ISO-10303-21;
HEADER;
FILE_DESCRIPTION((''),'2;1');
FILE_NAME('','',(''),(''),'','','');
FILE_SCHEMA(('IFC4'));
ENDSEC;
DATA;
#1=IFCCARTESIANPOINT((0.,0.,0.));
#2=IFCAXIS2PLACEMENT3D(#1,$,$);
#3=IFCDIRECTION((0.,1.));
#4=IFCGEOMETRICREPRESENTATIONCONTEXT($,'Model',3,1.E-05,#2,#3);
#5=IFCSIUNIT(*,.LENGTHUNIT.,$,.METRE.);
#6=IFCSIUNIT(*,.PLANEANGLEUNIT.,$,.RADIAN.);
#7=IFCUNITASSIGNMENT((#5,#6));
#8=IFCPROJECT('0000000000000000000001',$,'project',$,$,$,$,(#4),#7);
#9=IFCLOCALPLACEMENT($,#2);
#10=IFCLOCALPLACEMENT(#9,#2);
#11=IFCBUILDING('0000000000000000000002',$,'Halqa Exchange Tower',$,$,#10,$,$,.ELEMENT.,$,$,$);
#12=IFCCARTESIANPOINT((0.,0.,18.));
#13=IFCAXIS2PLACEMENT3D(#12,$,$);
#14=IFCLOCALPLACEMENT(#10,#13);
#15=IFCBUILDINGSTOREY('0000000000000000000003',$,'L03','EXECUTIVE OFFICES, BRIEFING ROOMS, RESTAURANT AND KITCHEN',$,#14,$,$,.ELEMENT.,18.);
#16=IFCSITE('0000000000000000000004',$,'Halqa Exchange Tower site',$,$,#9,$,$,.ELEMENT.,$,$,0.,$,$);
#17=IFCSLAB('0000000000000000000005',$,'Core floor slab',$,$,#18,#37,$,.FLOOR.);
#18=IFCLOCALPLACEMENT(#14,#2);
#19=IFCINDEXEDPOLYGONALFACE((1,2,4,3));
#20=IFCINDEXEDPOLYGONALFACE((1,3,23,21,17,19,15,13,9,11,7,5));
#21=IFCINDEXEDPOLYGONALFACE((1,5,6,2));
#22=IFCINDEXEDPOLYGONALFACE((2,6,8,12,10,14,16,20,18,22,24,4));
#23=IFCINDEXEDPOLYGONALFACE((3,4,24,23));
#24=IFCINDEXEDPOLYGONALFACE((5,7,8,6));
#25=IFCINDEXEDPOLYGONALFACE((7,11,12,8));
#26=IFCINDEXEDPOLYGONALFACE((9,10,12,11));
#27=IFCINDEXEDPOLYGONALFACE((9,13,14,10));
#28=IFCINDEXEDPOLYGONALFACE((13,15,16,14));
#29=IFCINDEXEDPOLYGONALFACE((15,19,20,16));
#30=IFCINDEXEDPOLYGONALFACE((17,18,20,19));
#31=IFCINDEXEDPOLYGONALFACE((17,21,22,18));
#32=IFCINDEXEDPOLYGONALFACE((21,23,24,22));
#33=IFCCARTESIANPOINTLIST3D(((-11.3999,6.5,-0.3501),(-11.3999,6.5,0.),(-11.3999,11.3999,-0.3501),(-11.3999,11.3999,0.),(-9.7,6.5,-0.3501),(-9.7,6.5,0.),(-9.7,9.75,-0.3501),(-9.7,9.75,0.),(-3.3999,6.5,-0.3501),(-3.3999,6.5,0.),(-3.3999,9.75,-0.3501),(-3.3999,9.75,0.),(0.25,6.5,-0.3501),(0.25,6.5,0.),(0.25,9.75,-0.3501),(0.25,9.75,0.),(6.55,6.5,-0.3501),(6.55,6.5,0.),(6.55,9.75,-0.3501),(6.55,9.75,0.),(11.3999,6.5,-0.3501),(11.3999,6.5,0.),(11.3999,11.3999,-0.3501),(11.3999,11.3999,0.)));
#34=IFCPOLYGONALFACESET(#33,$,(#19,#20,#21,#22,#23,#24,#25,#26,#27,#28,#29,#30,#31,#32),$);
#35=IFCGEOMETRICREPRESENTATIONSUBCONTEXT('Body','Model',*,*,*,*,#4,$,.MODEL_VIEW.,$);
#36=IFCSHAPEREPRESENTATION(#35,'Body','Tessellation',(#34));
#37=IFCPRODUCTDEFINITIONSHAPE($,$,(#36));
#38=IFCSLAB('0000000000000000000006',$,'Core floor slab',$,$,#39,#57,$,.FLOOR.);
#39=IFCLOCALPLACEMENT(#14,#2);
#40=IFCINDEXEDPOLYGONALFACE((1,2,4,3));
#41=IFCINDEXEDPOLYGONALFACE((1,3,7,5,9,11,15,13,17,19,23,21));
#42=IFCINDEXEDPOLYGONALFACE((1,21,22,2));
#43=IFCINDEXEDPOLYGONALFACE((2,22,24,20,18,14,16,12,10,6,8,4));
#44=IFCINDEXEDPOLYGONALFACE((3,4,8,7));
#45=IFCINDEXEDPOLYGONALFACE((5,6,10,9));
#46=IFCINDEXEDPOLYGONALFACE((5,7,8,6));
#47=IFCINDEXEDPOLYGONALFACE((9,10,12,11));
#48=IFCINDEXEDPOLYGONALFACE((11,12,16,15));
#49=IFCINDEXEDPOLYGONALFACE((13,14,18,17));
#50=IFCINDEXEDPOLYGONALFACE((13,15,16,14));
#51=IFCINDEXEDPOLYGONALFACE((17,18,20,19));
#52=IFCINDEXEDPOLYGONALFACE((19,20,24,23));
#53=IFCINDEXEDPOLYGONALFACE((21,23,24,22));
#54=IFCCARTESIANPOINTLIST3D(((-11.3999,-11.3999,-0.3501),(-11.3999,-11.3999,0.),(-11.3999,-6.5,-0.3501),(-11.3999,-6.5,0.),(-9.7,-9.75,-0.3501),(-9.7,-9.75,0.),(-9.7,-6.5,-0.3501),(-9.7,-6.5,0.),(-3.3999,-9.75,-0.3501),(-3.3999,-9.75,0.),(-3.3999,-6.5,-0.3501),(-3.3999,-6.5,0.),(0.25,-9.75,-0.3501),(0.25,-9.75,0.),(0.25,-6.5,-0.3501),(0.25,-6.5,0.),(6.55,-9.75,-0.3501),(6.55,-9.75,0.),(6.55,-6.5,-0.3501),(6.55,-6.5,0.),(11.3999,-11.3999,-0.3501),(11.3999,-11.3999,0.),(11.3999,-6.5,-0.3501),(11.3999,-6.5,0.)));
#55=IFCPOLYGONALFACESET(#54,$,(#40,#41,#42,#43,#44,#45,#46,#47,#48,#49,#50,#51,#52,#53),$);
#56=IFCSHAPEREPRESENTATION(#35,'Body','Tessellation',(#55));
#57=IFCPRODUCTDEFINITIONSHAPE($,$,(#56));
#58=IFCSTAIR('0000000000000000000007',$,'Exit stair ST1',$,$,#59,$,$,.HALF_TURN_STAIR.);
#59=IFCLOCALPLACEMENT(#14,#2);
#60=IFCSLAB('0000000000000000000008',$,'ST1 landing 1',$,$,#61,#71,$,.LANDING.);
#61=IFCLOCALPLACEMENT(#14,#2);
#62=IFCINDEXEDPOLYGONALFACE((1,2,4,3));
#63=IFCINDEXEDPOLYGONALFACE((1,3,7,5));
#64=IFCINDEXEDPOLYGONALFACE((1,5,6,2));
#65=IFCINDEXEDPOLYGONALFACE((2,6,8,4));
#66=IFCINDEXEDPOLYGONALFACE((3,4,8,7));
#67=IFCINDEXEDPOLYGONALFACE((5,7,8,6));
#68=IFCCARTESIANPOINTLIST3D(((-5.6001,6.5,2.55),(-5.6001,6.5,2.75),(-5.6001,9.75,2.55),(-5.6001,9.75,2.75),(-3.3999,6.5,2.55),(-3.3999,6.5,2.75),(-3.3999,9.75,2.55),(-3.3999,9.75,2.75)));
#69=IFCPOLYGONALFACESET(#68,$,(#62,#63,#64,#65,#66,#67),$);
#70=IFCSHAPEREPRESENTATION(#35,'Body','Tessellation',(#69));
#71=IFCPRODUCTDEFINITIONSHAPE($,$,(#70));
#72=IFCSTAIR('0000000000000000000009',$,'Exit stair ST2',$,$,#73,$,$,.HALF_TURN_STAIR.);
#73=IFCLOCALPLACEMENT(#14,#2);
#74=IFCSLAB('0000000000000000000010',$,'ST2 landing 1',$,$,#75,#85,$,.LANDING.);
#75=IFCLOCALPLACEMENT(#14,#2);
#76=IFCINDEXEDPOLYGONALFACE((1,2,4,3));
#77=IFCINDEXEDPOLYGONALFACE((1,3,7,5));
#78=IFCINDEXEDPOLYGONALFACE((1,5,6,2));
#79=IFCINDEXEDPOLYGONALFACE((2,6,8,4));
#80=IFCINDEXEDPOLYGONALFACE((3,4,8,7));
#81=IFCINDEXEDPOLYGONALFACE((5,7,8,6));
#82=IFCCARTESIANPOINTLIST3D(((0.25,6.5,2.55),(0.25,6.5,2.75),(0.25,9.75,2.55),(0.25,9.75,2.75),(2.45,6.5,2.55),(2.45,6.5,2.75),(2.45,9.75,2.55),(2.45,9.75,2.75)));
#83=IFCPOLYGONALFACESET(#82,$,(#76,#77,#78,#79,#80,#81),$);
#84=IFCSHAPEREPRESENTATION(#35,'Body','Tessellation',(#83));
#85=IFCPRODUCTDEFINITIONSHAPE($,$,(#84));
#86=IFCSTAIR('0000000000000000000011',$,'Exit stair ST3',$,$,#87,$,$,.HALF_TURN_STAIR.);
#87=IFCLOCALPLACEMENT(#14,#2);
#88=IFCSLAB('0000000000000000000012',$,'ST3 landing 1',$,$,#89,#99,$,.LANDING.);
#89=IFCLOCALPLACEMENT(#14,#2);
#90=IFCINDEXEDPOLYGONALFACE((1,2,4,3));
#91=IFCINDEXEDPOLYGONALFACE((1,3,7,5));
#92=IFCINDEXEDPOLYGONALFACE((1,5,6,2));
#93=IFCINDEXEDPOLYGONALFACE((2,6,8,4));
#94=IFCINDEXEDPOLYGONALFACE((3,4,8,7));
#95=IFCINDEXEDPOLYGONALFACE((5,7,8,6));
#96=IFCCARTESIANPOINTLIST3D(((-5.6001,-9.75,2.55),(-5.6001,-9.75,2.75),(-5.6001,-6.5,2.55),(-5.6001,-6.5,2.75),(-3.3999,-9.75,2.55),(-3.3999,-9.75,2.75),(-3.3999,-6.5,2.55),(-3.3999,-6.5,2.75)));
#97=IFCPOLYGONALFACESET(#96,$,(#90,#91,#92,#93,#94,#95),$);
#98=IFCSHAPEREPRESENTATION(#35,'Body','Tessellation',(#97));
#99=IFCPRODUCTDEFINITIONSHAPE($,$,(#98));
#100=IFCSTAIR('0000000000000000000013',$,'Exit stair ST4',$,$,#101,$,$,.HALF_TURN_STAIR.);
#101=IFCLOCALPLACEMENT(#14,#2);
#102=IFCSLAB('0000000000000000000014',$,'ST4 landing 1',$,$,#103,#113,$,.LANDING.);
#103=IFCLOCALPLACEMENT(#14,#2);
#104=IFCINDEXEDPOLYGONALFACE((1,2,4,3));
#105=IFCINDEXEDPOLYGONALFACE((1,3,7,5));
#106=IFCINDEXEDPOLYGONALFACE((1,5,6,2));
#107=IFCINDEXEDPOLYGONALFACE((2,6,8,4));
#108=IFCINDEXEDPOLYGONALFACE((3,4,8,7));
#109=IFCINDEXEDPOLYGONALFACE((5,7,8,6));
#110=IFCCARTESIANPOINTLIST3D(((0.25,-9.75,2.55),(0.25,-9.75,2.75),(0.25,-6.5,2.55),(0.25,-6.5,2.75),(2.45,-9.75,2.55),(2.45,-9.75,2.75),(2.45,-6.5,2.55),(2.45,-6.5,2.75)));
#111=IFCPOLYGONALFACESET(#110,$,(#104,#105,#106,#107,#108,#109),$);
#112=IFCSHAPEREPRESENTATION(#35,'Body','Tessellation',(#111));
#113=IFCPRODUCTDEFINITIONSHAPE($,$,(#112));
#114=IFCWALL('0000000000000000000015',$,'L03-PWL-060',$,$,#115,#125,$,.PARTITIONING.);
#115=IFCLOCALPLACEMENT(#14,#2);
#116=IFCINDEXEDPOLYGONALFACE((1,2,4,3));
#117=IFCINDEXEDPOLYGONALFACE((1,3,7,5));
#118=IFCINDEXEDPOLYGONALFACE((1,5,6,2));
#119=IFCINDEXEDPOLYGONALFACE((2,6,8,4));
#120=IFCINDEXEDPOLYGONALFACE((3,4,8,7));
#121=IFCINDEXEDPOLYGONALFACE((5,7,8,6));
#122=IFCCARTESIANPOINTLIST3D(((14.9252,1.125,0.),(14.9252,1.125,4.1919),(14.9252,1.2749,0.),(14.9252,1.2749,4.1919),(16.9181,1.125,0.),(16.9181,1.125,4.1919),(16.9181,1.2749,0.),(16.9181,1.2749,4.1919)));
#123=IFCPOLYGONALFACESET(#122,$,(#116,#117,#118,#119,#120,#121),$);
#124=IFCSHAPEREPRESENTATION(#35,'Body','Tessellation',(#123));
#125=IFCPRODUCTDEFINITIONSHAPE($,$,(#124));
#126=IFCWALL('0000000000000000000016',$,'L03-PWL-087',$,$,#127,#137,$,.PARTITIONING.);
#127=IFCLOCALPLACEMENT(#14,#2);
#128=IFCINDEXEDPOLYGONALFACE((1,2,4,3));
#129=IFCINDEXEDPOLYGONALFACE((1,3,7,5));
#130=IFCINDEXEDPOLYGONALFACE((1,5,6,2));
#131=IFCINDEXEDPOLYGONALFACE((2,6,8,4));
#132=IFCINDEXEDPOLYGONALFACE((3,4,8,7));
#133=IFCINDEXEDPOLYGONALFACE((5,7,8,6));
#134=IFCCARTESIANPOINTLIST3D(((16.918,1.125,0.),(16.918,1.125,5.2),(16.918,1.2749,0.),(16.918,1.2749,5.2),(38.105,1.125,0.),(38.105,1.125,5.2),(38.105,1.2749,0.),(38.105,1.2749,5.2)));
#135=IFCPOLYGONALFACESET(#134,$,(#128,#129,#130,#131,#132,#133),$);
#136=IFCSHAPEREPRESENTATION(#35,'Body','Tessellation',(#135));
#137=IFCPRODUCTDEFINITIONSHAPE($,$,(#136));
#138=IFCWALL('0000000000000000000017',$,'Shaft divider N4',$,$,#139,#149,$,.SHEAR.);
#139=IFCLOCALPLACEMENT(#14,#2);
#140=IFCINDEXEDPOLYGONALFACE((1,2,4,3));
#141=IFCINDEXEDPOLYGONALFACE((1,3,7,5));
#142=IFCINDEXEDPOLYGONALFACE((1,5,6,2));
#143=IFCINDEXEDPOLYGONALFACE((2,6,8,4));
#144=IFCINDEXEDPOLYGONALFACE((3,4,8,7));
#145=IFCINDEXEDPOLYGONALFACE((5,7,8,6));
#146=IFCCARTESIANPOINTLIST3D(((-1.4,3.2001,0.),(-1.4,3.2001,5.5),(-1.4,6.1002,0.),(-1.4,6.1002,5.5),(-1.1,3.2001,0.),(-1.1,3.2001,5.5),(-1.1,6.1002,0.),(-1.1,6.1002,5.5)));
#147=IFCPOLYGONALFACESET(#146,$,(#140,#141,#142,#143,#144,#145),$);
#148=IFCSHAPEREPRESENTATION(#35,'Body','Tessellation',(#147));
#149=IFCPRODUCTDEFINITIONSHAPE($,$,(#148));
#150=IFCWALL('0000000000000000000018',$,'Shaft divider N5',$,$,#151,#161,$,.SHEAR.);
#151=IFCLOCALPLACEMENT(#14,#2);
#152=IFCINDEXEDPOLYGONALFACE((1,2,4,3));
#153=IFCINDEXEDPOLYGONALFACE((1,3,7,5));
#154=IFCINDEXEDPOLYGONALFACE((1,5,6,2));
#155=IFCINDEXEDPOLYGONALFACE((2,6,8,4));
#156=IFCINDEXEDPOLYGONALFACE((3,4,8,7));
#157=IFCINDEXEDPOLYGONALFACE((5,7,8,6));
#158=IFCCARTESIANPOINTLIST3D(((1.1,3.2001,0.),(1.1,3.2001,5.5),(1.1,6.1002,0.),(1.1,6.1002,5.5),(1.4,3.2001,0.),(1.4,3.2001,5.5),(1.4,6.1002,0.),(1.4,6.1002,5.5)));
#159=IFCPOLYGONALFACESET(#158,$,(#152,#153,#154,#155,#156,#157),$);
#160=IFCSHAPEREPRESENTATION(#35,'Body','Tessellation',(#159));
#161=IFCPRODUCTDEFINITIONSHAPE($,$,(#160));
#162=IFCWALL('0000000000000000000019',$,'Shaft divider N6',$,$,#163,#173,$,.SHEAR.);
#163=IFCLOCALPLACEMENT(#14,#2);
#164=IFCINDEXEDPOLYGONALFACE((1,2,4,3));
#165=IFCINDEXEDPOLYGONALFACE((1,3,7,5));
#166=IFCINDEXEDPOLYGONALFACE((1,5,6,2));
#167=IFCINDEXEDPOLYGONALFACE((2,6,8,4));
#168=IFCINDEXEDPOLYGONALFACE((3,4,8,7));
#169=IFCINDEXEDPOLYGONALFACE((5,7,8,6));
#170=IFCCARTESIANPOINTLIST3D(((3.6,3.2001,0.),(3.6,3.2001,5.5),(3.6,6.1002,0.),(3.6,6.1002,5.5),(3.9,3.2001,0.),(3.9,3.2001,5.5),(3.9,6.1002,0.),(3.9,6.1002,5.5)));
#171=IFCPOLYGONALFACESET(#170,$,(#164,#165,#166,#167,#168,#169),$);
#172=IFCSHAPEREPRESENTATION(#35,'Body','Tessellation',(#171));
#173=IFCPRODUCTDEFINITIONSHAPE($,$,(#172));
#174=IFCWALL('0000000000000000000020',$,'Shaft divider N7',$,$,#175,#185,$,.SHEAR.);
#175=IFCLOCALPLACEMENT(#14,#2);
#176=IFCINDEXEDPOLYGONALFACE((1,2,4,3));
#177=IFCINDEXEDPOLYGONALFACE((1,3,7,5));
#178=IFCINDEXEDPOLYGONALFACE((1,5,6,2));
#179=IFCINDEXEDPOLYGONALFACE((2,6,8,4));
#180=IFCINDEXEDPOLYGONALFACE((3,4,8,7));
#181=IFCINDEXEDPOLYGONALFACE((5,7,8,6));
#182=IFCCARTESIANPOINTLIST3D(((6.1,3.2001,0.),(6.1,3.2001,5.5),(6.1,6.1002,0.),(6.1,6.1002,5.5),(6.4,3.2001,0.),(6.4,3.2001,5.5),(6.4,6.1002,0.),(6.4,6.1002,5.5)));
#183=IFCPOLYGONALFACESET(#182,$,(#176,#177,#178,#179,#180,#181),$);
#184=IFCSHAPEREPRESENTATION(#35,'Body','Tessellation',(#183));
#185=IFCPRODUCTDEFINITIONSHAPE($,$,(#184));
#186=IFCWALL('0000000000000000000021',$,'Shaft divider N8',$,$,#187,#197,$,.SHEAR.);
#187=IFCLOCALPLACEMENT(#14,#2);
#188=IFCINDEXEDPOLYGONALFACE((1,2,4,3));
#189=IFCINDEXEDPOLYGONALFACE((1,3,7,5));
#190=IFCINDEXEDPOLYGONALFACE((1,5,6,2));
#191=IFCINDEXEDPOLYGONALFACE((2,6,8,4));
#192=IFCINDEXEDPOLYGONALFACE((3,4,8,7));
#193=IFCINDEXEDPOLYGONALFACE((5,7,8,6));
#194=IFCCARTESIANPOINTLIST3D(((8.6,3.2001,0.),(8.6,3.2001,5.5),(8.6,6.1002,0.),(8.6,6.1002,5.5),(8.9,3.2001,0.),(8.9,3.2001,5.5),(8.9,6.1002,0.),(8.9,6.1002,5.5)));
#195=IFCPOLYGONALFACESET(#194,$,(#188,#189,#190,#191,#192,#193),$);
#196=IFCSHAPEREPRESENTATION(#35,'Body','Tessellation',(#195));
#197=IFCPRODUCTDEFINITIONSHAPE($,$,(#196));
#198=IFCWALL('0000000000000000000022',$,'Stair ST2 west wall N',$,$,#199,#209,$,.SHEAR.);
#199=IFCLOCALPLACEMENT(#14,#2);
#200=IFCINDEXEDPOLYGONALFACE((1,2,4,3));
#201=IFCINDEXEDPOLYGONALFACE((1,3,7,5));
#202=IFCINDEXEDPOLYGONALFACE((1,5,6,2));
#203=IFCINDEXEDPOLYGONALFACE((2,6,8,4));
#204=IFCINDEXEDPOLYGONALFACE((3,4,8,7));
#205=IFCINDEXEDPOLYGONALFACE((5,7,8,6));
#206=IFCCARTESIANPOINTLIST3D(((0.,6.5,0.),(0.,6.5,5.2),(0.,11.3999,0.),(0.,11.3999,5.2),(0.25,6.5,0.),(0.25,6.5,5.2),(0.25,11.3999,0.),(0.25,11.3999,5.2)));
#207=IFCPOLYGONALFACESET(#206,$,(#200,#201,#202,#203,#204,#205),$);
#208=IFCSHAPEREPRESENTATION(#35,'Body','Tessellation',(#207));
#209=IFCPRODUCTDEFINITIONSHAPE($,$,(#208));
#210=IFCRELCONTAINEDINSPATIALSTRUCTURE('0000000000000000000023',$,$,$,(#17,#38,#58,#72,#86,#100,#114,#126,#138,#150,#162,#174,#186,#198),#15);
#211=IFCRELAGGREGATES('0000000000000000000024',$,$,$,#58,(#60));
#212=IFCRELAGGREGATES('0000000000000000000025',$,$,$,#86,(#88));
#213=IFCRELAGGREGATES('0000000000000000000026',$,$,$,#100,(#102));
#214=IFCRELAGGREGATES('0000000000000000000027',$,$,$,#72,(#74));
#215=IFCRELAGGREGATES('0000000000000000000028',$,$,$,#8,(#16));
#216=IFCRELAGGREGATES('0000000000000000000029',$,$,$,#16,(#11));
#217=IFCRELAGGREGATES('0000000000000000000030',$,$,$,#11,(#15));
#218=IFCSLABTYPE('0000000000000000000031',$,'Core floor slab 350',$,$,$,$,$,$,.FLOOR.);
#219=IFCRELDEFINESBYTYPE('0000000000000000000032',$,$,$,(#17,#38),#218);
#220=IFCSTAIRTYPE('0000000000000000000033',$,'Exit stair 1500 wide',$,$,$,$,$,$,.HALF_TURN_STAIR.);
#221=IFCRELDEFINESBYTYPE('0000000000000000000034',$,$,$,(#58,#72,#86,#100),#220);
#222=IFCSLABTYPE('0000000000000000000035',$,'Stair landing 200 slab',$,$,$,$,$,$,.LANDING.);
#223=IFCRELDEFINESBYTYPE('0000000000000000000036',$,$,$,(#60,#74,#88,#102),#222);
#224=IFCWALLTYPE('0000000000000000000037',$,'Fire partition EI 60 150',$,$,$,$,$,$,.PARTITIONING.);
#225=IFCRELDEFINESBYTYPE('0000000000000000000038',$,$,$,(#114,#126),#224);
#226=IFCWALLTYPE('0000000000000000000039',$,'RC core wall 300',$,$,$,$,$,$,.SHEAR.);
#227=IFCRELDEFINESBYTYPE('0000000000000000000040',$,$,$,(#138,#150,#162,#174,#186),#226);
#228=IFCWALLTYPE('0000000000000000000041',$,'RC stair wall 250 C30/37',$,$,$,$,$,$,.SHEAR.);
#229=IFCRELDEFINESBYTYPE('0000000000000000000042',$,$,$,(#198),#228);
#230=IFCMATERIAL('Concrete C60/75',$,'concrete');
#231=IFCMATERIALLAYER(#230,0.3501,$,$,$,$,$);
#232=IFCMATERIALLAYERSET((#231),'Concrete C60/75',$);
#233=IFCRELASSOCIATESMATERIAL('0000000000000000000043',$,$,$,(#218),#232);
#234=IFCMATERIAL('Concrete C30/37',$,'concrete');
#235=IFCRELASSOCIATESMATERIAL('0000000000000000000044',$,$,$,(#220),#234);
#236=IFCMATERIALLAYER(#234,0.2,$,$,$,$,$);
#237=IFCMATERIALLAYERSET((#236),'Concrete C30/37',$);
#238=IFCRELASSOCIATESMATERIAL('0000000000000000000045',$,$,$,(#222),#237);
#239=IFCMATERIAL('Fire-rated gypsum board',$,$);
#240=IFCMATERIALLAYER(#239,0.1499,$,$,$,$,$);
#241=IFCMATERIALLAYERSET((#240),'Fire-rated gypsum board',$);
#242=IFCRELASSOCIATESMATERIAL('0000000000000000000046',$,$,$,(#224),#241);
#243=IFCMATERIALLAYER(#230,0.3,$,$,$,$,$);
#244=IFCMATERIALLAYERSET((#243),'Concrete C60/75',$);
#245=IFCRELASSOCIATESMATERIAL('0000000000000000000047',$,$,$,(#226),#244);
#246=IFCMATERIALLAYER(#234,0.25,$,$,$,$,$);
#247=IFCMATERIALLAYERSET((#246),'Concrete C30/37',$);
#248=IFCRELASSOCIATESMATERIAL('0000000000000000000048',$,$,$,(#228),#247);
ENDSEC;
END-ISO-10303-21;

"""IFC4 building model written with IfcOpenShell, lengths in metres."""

from ifc_helpers import new_model, si_unit, direction, frame, frame_2d, origin, place, context, subcontext, project, spatial, polyline, rectangle, outline, extrude, material, layer, layer_set, type_object, element, aggregate, save


model = new_model("IFC4")

# Units and contexts
model_context = context("Model", 3, precision=1e-05, world=origin(), true_north=direction((0.0, 1.0)))
body_context = subcontext(model_context, "Body", "Model", "MODEL_VIEW")
ifc_project = project(units=[si_unit("LENGTHUNIT", "METRE"), si_unit("PLANEANGLEUNIT", "RADIAN")], contexts=[model_context])

# Site, building, storey
site_placement = place(None, origin())
site = spatial("IfcSite", under=ifc_project, at=site_placement, Name="Halqa Exchange Tower site", CompositionType="ELEMENT", RefElevation=0.0)
building_placement = place(site_placement, origin())
building = spatial("IfcBuilding", under=site, at=building_placement, Name="Halqa Exchange Tower", CompositionType="ELEMENT")
storey_placement = place(building_placement, frame((0.0, 0.0, 18.0)))
storey = spatial("IfcBuildingStorey", under=building, at=storey_placement, Name="L03", Description="EXECUTIVE OFFICES, BRIEFING ROOMS, RESTAURANT AND KITCHEN", CompositionType="ELEMENT", Elevation=18.0)

# Slabs
ifc_material_1 = material(Name="Concrete C60/75", Category="concrete")
ifc_layer_1 = layer(ifc_material_1, 0.3501)
ifc_layer_set_1 = layer_set([ifc_layer_1], Name="Concrete C60/75")
slab_type_1 = type_object("IfcSlabType", Name="Core floor slab 350", PredefinedType="FLOOR", material=ifc_layer_set_1)
slab_1_placement = place(storey_placement, frame((0.0, 0.0, -0.3501)))
element("IfcSlab", 1, at=slab_1_placement, inside=storey, type_object=slab_type_1, Name="Core floor slab", PredefinedType="FLOOR", context=body_context, shape_type="SweptSolid", body=[
    extrude(outline(polyline([(-11.3999, 11.3999), (11.3999, 11.3999), (11.3999, 6.5), (6.55, 6.5), (6.55, 9.75), (0.25, 9.75), (0.25, 6.5), (-3.3999, 6.5), (-3.3999, 9.75), (-9.7, 9.75), (-9.7, 6.5), (-11.3999, 6.5), (-11.3999, 11.3999)])), origin(), (0.0, 0.0, 1.0), 0.3501),
])
slab_2_placement = place(storey_placement, frame((0.0, 0.0, -0.3501)))
element("IfcSlab", 2, at=slab_2_placement, inside=storey, type_object=slab_type_1, Name="Core floor slab", PredefinedType="FLOOR", context=body_context, shape_type="SweptSolid", body=[
    extrude(outline(polyline([(-9.7, -9.75), (-3.3999, -9.75), (-3.3999, -6.5), (0.25, -6.5), (0.25, -9.75), (6.55, -9.75), (6.55, -6.5), (11.3999, -6.5), (11.3999, -11.3999), (-11.3999, -11.3999), (-11.3999, -6.5), (-9.7, -6.5), (-9.7, -9.75)])), origin(), (0.0, 0.0, 1.0), 0.3501),
])

# Stairs, slabs
ifc_material_2 = material(Name="Concrete C30/37", Category="concrete")
stair_type = type_object("IfcStairType", Name="Exit stair 1500 wide", PredefinedType="HALF_TURN_STAIR", material=ifc_material_2)
stair_1_placement = place(storey_placement, origin())
stair_1 = element("IfcStair", 3, at=stair_1_placement, inside=storey, type_object=stair_type, Name="Exit stair ST1", PredefinedType="HALF_TURN_STAIR")
ifc_layer_2 = layer(ifc_material_2, 0.2)
ifc_layer_set_2 = layer_set([ifc_layer_2], Name="Concrete C30/37")
slab_type_2 = type_object("IfcSlabType", Name="Stair landing 200 slab", PredefinedType="LANDING", material=ifc_layer_set_2)
slab_3_placement = place(storey_placement, frame((0.0, 0.0, 2.55)))
slab_3 = element("IfcSlab", 4, at=slab_3_placement, type_object=slab_type_2, Name="ST1 landing 1", PredefinedType="LANDING", context=body_context, shape_type="SweptSolid", body=[
    extrude(outline(polyline([(-5.6001, 6.5), (-3.3999, 6.5), (-3.3999, 9.75), (-5.6001, 9.75), (-5.6001, 6.5)])), origin(), (0.0, 0.0, 1.0), 0.2),
])
aggregate(stair_1, [slab_3])
stair_2_placement = place(storey_placement, origin())
stair_2 = element("IfcStair", 5, at=stair_2_placement, inside=storey, type_object=stair_type, Name="Exit stair ST2", PredefinedType="HALF_TURN_STAIR")
slab_4_placement = place(storey_placement, frame((0.0, 0.0, 2.55)))
slab_4 = element("IfcSlab", 6, at=slab_4_placement, type_object=slab_type_2, Name="ST2 landing 1", PredefinedType="LANDING", context=body_context, shape_type="SweptSolid", body=[
    extrude(outline(polyline([(0.25, 6.5), (2.45, 6.5), (2.45, 9.75), (0.25, 9.75), (0.25, 6.5)])), origin(), (0.0, 0.0, 1.0), 0.2),
])
stair_3_placement = place(storey_placement, origin())
stair_3 = element("IfcStair", 7, at=stair_3_placement, inside=storey, type_object=stair_type, Name="Exit stair ST3", PredefinedType="HALF_TURN_STAIR")
slab_5_placement = place(storey_placement, frame((0.0, 0.0, 2.55)))
slab_5 = element("IfcSlab", 8, at=slab_5_placement, type_object=slab_type_2, Name="ST3 landing 1", PredefinedType="LANDING", context=body_context, shape_type="SweptSolid", body=[
    extrude(outline(polyline([(-5.6001, -9.75), (-3.3999, -9.75), (-3.3999, -6.5), (-5.6001, -6.5), (-5.6001, -9.75)])), origin(), (0.0, 0.0, 1.0), 0.2),
])
aggregate(stair_3, [slab_5])
stair_4_placement = place(storey_placement, origin())
stair_4 = element("IfcStair", 9, at=stair_4_placement, inside=storey, type_object=stair_type, Name="Exit stair ST4", PredefinedType="HALF_TURN_STAIR")
slab_6_placement = place(storey_placement, frame((0.0, 0.0, 2.55)))
slab_6 = element("IfcSlab", 10, at=slab_6_placement, type_object=slab_type_2, Name="ST4 landing 1", PredefinedType="LANDING", context=body_context, shape_type="SweptSolid", body=[
    extrude(outline(polyline([(0.25, -9.75), (2.45, -9.75), (2.45, -6.5), (0.25, -6.5), (0.25, -9.75)])), origin(), (0.0, 0.0, 1.0), 0.2),
])
aggregate(stair_4, [slab_6])

# Walls
ifc_material_3 = material(Name="Fire-rated gypsum board")
ifc_layer_3 = layer(ifc_material_3, 0.1499)
ifc_layer_set_3 = layer_set([ifc_layer_3], Name="Fire-rated gypsum board")
wall_type_1 = type_object("IfcWallType", Name="Fire partition EI 60 150", PredefinedType="PARTITIONING", material=ifc_layer_set_3)
wall_1_placement = place(storey_placement, frame((14.925, 1.2, 0.0), z_axis=(0.0, 0.0, 1.0), x_axis=(1.0, 0.0, 0.0)))
element("IfcWall", 11, at=wall_1_placement, inside=storey, type_object=wall_type_1, Name="L03-PWL-060", PredefinedType="PARTITIONING", context=body_context, shape_type="SweptSolid", body=[
    extrude(rectangle(XDim=1.9929, YDim=0.1499, at=frame_2d((0.9966, 0.0))), origin(), (0.0, 0.0, 1.0), 4.1919),
])
wall_2_placement = place(storey_placement, frame((16.918, 1.2, 0.0), z_axis=(0.0, 0.0, 1.0), x_axis=(1.0, 0.0, 0.0)))
element("IfcWall", 12, at=wall_2_placement, inside=storey, type_object=wall_type_1, Name="L03-PWL-087", PredefinedType="PARTITIONING", context=body_context, shape_type="SweptSolid", body=[
    extrude(rectangle(XDim=21.187, YDim=0.1499, at=frame_2d((10.5935, 0.0))), origin(), (0.0, 0.0, 1.0), 5.2),
])
ifc_layer_4 = layer(ifc_material_1, 0.3)
ifc_layer_set_4 = layer_set([ifc_layer_4], Name="Concrete C60/75")
wall_type_2 = type_object("IfcWallType", Name="RC core wall 300", PredefinedType="SHEAR", material=ifc_layer_set_4)
for number, where, z_axis, x_axis, name in (
    (13, (-1.25, 3.2, 0.0), (0.0, 0.0, 1.0), (0.0, 1.0, 0.0), "Shaft divider N4"),
    (14, (1.25, 3.2, 0.0), (0.0, 0.0, 1.0), (0.0, 1.0, 0.0), "Shaft divider N5"),
    (15, (3.75, 3.2, 0.0), (0.0, 0.0, 1.0), (0.0, 1.0, 0.0), "Shaft divider N6"),
    (16, (6.25, 3.2, 0.0), (0.0, 0.0, 1.0), (0.0, 1.0, 0.0), "Shaft divider N7"),
    (17, (8.75, 3.2, 0.0), (0.0, 0.0, 1.0), (0.0, 1.0, 0.0), "Shaft divider N8"),
):
    element("IfcWall", number, at=place(storey_placement, frame(where, z_axis=z_axis, x_axis=x_axis)), inside=storey, type_object=wall_type_2, Name=name, PredefinedType="SHEAR", context=body_context, shape_type="SweptSolid", body=[
        extrude(rectangle(XDim=2.9001, YDim=0.3, at=frame_2d((1.4502, 0.0))), origin(), (0.0, 0.0, 1.0), 5.5),
    ])
ifc_layer_5 = layer(ifc_material_2, 0.25)
ifc_layer_set_5 = layer_set([ifc_layer_5], Name="Concrete C30/37")
wall_type_3 = type_object("IfcWallType", Name="RC stair wall 250 C30/37", PredefinedType="SHEAR", material=ifc_layer_set_5)
wall_3_placement = place(storey_placement, frame((0.125, 6.5, 0.0), z_axis=(0.0, 0.0, 1.0), x_axis=(0.0, 1.0, 0.0)))
element("IfcWall", 18, at=wall_3_placement, inside=storey, type_object=wall_type_3, Name="Stair ST2 west wall N", PredefinedType="SHEAR", context=body_context, shape_type="SweptSolid", body=[
    extrude(rectangle(XDim=4.8999, YDim=0.25, at=frame_2d((2.45, 0.0))), origin(), (0.0, 0.0, 1.0), 5.2),
])

aggregate(stair_2, [slab_4])

save(model, "model.ifc")
